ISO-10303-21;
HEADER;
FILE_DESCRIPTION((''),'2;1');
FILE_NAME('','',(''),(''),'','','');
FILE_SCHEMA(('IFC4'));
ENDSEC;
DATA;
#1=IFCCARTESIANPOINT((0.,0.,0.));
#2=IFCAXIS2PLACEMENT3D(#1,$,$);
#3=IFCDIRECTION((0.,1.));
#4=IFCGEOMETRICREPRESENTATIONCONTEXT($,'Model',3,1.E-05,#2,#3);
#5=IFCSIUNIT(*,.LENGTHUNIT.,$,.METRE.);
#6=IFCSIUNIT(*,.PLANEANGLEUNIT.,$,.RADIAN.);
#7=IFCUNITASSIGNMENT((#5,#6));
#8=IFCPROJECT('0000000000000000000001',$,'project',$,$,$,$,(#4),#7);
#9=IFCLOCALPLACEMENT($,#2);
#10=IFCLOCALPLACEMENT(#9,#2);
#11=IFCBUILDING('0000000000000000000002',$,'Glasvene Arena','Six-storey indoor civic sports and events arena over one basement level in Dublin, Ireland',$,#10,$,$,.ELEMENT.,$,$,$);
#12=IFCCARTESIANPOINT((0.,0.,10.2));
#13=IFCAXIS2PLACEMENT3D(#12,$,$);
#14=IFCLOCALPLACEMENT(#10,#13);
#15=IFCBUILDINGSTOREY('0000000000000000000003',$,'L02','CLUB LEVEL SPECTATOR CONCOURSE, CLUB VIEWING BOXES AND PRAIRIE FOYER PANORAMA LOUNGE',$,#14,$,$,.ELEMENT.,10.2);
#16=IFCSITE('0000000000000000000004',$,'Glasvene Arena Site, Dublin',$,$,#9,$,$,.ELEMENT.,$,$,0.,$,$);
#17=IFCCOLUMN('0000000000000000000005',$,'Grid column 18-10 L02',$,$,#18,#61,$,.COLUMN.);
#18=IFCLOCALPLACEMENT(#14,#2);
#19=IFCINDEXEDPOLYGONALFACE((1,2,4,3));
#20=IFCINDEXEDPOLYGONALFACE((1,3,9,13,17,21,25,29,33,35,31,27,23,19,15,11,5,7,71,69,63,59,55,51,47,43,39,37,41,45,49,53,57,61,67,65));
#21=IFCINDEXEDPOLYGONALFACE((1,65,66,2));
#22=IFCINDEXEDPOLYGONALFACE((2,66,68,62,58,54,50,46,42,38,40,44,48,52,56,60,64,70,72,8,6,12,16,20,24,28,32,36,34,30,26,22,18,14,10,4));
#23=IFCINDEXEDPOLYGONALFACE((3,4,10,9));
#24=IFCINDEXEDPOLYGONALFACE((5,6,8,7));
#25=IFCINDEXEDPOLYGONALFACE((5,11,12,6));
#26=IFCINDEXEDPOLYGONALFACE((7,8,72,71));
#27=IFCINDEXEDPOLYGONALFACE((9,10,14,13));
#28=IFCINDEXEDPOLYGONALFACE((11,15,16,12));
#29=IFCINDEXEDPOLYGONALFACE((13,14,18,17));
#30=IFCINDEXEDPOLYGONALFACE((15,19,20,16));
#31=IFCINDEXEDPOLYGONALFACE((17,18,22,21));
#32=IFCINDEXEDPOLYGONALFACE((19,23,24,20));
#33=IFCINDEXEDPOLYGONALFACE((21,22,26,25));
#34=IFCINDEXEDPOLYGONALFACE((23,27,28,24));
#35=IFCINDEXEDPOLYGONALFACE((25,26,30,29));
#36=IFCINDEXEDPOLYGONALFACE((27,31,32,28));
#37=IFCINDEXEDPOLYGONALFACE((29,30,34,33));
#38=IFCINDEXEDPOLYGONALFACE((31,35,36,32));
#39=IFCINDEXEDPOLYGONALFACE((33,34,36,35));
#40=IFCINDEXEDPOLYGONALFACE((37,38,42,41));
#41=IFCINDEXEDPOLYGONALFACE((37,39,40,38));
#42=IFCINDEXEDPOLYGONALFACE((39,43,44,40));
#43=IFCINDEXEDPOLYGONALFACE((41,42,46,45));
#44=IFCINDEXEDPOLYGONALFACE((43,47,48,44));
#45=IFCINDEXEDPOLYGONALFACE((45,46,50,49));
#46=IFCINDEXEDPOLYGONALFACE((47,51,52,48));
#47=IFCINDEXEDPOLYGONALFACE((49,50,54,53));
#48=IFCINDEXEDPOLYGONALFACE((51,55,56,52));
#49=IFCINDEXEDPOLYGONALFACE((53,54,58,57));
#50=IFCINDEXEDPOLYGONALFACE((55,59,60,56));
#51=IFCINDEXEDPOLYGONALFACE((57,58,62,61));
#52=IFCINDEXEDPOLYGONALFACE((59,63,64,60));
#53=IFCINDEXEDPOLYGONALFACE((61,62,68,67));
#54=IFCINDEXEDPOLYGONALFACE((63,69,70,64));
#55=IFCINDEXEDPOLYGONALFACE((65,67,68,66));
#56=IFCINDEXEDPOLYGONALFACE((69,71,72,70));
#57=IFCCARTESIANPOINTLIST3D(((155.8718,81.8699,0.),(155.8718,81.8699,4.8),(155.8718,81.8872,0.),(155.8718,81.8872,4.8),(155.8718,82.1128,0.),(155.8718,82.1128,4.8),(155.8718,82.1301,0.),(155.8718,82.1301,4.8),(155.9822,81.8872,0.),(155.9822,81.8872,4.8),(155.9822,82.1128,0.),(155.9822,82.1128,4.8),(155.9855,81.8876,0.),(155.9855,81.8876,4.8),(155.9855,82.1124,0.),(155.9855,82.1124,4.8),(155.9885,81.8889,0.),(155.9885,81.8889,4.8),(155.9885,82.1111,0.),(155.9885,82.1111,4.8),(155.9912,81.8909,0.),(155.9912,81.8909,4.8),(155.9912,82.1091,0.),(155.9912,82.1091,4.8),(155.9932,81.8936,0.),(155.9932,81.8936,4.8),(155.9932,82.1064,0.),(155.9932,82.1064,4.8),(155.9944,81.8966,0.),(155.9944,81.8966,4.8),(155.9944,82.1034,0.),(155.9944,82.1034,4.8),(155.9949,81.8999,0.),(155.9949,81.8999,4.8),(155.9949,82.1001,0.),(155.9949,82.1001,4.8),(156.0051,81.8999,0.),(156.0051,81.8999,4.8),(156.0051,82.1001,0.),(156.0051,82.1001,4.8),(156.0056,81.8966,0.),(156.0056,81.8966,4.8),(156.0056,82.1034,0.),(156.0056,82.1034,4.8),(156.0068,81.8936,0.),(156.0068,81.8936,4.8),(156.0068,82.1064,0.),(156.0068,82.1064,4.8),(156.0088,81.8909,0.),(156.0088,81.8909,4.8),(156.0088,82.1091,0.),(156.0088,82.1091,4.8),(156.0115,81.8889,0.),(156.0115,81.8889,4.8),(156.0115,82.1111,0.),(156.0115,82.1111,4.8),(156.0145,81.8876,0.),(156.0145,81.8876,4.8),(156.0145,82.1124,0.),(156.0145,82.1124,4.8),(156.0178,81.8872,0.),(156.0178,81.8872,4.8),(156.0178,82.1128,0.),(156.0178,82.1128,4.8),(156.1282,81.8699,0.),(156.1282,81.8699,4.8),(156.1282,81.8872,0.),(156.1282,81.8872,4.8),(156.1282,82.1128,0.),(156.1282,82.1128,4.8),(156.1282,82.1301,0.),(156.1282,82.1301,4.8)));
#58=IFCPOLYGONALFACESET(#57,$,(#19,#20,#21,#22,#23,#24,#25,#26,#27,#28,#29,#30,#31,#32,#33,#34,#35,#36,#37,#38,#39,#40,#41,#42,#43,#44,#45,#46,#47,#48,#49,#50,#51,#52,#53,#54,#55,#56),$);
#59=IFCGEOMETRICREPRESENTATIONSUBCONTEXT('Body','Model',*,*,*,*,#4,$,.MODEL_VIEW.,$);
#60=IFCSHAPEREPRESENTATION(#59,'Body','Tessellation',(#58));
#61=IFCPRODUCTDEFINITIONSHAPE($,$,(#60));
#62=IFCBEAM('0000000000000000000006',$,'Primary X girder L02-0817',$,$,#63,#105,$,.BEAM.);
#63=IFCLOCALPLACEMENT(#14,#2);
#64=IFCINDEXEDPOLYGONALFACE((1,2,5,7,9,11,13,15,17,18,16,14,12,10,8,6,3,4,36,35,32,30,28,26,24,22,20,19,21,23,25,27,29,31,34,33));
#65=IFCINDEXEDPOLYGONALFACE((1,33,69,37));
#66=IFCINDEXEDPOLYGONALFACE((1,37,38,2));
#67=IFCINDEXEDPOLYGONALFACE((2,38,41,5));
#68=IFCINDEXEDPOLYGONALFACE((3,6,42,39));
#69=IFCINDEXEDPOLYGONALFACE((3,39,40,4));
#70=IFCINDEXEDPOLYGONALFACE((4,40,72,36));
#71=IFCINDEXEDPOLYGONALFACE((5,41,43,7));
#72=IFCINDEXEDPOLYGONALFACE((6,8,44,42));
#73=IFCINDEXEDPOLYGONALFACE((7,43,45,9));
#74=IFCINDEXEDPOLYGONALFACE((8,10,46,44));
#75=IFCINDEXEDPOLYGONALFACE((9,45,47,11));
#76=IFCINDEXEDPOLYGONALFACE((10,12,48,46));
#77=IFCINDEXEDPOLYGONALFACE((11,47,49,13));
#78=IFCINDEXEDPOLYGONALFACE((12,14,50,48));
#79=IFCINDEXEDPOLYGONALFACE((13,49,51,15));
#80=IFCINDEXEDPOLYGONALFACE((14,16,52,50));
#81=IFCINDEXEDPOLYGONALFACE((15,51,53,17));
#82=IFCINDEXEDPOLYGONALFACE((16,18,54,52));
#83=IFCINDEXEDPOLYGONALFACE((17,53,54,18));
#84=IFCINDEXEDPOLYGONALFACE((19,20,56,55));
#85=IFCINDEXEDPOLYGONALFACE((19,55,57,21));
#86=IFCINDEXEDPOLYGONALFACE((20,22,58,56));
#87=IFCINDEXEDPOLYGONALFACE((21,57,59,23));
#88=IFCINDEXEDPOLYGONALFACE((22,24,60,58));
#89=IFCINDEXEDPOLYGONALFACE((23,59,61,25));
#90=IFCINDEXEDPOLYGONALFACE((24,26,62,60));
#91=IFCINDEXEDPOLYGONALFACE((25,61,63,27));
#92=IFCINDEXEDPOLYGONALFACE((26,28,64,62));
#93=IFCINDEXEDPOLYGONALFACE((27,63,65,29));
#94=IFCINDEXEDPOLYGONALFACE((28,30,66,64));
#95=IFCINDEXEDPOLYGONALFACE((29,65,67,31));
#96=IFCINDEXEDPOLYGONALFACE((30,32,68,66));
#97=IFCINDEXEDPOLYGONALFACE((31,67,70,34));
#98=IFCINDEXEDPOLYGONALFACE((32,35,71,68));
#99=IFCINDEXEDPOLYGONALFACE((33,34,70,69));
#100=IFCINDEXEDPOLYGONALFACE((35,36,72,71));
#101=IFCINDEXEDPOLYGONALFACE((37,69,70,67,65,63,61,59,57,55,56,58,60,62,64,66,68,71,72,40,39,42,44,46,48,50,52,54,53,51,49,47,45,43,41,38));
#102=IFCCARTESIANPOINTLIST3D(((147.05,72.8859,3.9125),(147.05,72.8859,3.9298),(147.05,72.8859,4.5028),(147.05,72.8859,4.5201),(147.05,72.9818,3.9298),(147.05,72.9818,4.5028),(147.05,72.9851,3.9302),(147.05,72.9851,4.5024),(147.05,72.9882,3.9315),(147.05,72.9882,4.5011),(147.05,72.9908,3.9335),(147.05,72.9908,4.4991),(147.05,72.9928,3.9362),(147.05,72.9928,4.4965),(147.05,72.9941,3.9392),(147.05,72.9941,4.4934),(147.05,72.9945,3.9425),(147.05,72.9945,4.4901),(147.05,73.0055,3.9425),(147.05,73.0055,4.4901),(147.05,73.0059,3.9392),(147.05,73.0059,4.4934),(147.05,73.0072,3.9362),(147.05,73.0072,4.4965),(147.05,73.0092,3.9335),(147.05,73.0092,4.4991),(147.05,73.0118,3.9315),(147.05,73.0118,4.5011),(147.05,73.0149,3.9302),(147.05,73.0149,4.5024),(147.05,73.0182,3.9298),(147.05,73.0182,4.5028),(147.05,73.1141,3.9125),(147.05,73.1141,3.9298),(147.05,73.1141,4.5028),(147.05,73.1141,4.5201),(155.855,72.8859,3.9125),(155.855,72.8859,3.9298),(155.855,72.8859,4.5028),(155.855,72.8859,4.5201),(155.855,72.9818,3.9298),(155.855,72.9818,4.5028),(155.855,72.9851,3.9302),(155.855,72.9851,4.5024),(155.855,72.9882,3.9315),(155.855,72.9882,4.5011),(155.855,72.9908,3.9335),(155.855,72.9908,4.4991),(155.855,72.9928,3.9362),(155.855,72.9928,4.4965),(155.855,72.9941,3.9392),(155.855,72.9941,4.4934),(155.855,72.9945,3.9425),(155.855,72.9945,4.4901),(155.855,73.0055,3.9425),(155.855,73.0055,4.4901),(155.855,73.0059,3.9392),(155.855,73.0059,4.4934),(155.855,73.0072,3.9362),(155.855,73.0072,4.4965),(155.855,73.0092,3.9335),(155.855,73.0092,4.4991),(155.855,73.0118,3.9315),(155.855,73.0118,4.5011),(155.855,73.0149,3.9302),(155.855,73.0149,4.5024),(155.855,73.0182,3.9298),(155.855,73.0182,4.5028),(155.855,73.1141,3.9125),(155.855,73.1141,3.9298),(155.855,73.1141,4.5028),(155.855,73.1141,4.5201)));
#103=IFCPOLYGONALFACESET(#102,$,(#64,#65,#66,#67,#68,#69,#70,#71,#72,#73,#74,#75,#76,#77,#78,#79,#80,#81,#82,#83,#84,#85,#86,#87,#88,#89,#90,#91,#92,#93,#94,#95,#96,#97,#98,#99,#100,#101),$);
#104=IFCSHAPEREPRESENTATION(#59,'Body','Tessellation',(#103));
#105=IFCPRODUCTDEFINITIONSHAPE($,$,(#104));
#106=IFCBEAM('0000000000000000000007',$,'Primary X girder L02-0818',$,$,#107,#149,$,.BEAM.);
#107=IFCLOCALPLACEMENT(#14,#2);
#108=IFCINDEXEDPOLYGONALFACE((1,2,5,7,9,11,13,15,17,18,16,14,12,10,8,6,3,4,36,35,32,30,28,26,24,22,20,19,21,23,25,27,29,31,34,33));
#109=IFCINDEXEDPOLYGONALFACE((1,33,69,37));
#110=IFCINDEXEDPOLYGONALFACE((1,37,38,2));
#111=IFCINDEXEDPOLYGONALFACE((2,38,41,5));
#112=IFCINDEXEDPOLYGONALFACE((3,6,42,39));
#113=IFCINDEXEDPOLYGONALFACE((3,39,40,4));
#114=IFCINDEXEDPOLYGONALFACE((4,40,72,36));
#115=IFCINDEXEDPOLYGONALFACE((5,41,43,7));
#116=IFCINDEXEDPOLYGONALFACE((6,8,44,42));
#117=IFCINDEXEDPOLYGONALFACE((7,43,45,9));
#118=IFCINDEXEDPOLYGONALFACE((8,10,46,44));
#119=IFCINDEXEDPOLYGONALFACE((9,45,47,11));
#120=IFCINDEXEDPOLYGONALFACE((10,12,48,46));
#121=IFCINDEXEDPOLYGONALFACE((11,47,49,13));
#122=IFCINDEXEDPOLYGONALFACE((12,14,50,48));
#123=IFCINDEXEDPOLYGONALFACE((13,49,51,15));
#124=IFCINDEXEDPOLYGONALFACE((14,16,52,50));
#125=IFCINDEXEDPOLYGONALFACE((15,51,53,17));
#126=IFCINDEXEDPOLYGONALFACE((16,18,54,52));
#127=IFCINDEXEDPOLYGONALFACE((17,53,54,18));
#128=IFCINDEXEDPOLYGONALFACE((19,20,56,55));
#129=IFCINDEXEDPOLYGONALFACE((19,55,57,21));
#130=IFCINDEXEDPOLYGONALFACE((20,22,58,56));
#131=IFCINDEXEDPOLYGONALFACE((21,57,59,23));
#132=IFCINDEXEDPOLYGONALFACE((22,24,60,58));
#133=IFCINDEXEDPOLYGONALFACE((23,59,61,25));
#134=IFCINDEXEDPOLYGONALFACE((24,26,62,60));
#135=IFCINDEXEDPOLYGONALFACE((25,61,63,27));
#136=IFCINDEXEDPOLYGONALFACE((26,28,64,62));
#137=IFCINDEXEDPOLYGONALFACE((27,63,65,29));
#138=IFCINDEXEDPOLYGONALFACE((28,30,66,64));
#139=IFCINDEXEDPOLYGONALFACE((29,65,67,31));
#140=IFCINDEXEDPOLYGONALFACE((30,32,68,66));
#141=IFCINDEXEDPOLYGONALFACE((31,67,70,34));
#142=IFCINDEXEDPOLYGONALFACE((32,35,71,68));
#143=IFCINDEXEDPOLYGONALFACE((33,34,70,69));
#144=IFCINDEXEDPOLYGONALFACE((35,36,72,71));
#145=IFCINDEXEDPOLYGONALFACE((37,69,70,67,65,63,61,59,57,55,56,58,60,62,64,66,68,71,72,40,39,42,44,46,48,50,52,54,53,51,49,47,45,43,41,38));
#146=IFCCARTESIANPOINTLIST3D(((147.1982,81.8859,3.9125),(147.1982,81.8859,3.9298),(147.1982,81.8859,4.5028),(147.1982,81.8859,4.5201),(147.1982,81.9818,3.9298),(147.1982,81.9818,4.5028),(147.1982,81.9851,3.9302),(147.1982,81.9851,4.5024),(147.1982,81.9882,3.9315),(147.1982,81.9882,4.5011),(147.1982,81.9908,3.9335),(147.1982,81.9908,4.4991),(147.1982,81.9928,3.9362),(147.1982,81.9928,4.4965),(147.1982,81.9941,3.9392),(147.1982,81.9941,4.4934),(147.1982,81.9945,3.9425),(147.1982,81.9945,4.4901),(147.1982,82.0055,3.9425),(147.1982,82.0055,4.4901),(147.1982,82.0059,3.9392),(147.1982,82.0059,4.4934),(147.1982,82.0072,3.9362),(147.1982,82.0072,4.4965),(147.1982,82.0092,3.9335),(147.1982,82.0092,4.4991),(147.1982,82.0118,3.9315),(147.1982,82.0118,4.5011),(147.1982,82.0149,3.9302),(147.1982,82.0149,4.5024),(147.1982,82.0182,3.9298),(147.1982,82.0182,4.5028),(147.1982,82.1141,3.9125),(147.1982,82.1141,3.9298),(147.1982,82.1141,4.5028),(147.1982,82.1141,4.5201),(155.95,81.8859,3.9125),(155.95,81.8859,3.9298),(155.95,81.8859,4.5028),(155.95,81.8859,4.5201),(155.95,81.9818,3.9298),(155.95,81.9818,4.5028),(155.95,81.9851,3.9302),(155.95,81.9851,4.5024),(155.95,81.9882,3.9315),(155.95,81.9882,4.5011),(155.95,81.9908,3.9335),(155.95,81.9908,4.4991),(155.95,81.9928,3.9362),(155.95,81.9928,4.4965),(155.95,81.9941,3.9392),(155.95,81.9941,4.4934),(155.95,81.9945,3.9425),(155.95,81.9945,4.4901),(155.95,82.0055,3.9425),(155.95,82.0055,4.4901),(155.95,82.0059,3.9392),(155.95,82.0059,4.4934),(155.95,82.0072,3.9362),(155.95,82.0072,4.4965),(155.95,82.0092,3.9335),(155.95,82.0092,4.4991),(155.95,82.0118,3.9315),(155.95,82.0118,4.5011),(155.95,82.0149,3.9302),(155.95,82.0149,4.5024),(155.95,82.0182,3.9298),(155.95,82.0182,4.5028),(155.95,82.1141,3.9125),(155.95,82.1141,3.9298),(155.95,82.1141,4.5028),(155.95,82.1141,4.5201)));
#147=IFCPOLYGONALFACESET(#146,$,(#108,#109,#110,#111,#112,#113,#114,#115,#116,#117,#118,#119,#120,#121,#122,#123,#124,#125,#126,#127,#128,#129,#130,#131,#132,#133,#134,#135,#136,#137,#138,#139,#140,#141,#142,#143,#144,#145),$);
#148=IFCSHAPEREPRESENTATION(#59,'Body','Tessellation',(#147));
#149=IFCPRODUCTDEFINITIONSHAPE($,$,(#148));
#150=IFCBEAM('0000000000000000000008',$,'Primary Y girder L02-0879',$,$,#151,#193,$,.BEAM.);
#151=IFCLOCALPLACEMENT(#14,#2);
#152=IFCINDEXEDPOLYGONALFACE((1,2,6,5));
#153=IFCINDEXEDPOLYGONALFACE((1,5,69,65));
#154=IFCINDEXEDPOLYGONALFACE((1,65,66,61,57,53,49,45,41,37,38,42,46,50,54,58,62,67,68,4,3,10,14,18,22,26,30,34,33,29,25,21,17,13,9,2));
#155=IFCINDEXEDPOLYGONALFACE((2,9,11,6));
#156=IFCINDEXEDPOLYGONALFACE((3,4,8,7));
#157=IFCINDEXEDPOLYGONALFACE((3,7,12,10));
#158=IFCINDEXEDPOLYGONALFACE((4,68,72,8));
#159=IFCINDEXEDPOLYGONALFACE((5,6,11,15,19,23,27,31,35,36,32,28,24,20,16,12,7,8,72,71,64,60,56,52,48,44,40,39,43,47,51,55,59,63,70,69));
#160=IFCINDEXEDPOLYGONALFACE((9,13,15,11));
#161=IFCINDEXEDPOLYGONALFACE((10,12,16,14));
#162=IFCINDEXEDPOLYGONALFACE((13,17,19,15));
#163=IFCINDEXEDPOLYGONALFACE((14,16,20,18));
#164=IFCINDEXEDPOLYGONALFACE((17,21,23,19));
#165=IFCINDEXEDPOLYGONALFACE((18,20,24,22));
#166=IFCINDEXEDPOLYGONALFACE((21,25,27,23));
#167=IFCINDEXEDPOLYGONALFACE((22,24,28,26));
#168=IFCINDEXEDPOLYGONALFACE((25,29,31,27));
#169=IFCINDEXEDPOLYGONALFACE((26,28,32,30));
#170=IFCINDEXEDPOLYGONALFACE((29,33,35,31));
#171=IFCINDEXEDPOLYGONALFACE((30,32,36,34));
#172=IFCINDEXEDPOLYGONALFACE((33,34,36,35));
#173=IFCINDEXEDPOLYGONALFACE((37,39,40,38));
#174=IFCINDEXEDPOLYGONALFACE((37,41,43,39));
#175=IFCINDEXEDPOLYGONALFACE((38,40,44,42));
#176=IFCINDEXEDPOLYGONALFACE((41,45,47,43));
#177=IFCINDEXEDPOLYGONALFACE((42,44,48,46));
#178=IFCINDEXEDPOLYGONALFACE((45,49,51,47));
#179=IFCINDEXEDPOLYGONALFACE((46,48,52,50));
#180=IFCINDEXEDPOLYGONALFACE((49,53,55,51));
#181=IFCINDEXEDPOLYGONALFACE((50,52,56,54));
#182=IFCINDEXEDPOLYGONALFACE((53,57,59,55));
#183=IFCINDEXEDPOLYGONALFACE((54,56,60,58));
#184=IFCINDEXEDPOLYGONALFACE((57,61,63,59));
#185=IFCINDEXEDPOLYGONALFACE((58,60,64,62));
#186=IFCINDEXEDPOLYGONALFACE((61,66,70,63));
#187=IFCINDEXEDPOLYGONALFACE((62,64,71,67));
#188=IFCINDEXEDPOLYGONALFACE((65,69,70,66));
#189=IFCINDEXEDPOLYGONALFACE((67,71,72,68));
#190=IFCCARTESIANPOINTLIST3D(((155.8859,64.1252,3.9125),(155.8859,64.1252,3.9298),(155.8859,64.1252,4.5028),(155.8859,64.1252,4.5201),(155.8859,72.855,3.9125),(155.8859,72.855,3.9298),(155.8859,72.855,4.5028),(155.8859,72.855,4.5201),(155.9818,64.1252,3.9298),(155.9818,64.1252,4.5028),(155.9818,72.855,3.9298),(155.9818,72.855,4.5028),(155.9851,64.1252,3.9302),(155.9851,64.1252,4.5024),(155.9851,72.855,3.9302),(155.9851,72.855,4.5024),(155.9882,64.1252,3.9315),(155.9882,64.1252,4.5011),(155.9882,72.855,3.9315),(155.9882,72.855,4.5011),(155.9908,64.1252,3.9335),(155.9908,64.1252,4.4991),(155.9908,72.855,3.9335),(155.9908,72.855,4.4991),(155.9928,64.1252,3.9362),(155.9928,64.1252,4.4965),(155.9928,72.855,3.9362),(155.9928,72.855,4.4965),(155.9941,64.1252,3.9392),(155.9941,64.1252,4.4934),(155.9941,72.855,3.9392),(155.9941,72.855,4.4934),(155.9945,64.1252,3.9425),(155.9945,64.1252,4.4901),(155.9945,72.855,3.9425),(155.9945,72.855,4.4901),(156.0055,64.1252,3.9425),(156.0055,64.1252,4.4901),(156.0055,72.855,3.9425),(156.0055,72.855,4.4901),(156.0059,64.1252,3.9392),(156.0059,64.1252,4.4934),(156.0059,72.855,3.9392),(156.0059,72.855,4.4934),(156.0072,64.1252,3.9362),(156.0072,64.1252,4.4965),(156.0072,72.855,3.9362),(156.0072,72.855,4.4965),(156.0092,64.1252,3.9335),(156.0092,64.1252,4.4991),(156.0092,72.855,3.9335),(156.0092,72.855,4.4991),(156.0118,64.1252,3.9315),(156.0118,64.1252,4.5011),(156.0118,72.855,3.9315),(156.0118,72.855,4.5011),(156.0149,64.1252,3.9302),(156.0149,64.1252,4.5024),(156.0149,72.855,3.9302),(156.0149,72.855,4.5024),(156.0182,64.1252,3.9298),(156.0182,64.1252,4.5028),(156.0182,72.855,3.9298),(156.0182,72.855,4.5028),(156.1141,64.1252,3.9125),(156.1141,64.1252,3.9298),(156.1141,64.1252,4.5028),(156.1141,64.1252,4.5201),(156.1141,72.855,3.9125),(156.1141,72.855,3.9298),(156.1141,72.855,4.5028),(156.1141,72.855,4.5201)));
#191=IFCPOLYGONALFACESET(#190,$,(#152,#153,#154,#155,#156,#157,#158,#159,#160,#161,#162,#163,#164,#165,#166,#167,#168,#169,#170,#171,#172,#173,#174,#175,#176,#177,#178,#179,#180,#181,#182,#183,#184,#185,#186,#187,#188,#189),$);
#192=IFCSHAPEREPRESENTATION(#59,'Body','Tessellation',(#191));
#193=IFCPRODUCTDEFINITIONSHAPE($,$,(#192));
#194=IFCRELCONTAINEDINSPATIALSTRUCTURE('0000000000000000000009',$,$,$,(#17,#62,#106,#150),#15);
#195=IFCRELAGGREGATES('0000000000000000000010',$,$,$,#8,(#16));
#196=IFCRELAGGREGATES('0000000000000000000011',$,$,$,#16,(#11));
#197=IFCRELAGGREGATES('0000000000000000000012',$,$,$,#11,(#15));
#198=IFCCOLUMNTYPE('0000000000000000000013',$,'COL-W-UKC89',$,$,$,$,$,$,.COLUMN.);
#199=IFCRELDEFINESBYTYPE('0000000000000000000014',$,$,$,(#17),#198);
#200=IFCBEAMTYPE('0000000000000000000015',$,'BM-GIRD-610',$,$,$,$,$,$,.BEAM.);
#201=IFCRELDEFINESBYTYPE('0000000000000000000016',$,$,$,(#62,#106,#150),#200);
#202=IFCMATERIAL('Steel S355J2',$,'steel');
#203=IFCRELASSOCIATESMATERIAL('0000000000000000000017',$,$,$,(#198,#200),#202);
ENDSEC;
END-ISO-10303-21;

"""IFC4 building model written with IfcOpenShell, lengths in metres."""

from ifc_helpers import new_model, si_unit, direction, frame, origin, origin_2d, place, context, subcontext, project, spatial, i_section, extrude, material, material_profile, profile_set, type_object, element, save


model = new_model("IFC4")

# Units and contexts
model_context = context("Model", 3, precision=1e-05, world=origin(), true_north=direction((0.0, 1.0)))
body_context = subcontext(model_context, "Body", "Model", "MODEL_VIEW")
ifc_project = project(units=[si_unit("LENGTHUNIT", "METRE"), si_unit("PLANEANGLEUNIT", "RADIAN")], contexts=[model_context])

# Site, building, storey
site_placement = place(None, origin())
site = spatial("IfcSite", under=ifc_project, at=site_placement, Name="Glasvene Arena Site, Dublin", CompositionType="ELEMENT", RefElevation=0.0)
building_placement = place(site_placement, origin())
building = spatial("IfcBuilding", under=site, at=building_placement, Name="Glasvene Arena", Description="Six-storey indoor civic sports and events arena over one basement level in Dublin, Ireland", CompositionType="ELEMENT")
storey_placement = place(building_placement, frame((0.0, 0.0, 10.2)))
storey = spatial("IfcBuildingStorey", under=building, at=storey_placement, Name="L02", Description="CLUB LEVEL SPECTATOR CONCOURSE, CLUB VIEWING BOXES AND PRAIRIE FOYER PANORAMA LOUNGE", CompositionType="ELEMENT", Elevation=10.2)

# Column
ifc_material_1 = material(Name="Steel S355J2", Category="steel")
ifc_material_profile_1 = material_profile(ifc_material_1, i_section(OverallWidth=0.2563, OverallDepth=0.2603, WebThickness=0.0103, FlangeThickness=0.0173, FilletRadius=0.0127, at=origin_2d()), Name="UKC 254x254x89")
ifc_profile_set_1 = profile_set([ifc_material_profile_1], Name="Steel S355J2")
column_type_1 = type_object("IfcColumnType", Name="COL-W-UKC89", PredefinedType="COLUMN", material=ifc_profile_set_1)
for number, where, z_axis, x_axis, name in (
    (1, (156.0, 82.0, 0.0), (0.0, 0.0, 1.0), (1.0, 0.0, 0.0), "Grid column 18-10 L02"),
):
    element("IfcColumn", number, at=place(storey_placement, frame(where, z_axis=z_axis, x_axis=x_axis)), inside=storey, type_object=column_type_1, Name=name, PredefinedType="COLUMN", context=body_context, shape_type="SweptSolid", body=[
        extrude(i_section(OverallWidth=0.2563, OverallDepth=0.2603, WebThickness=0.0103, FlangeThickness=0.0173, FilletRadius=0.0127, at=origin_2d()), origin(), (0.0, 0.0, 1.0), 4.8),
    ])

# Beams
ifc_material_profile_2 = material_profile(ifc_material_1, i_section(OverallWidth=0.2283, OverallDepth=0.6077, WebThickness=0.011, FlangeThickness=0.0173, FilletRadius=0.0127, at=origin_2d()), Name="UKB 610x229x113")
ifc_profile_set_2 = profile_set([ifc_material_profile_2], Name="Steel S355J2")
beam_type_1 = type_object("IfcBeamType", Name="BM-GIRD-610", PredefinedType="BEAM", material=ifc_profile_set_2)
beam_1_placement = place(storey_placement, frame((147.05, 73.0, 4.2163), z_axis=(1.0, 0.0, 0.0), x_axis=(0.0, 1.0, 0.0)))
element("IfcBeam", 2, at=beam_1_placement, inside=storey, type_object=beam_type_1, Name="Primary X girder L02-0817", PredefinedType="BEAM", context=body_context, shape_type="SweptSolid", body=[
    extrude(i_section(OverallWidth=0.2283, OverallDepth=0.6077, WebThickness=0.011, FlangeThickness=0.0173, FilletRadius=0.0127, at=origin_2d()), origin(), (0.0, 0.0, 1.0), 8.8049),
])
beam_2_placement = place(storey_placement, frame((147.1982, 82.0, 4.2163), z_axis=(1.0, 0.0, 0.0), x_axis=(0.0, 1.0, 0.0)))
element("IfcBeam", 3, at=beam_2_placement, inside=storey, type_object=beam_type_1, Name="Primary X girder L02-0818", PredefinedType="BEAM", context=body_context, shape_type="SweptSolid", body=[
    extrude(i_section(OverallWidth=0.2283, OverallDepth=0.6077, WebThickness=0.011, FlangeThickness=0.0173, FilletRadius=0.0127, at=origin_2d()), origin(), (0.0, 0.0, 1.0), 8.7517),
])
for number, where, z_axis, x_axis, name in (
    (4, (156.0, 64.1252, 4.2163), (0.0, 1.0, 0.0), (-1.0, 0.0, 0.0), "Primary Y girder L02-0879"),
):
    element("IfcBeam", number, at=place(storey_placement, frame(where, z_axis=z_axis, x_axis=x_axis)), inside=storey, type_object=beam_type_1, Name=name, PredefinedType="BEAM", context=body_context, shape_type="SweptSolid", body=[
        extrude(i_section(OverallWidth=0.2283, OverallDepth=0.6077, WebThickness=0.011, FlangeThickness=0.0173, FilletRadius=0.0127, at=origin_2d()), origin(), (0.0, 0.0, 1.0), 8.7297),
    ])

save(model, "model.ifc")
